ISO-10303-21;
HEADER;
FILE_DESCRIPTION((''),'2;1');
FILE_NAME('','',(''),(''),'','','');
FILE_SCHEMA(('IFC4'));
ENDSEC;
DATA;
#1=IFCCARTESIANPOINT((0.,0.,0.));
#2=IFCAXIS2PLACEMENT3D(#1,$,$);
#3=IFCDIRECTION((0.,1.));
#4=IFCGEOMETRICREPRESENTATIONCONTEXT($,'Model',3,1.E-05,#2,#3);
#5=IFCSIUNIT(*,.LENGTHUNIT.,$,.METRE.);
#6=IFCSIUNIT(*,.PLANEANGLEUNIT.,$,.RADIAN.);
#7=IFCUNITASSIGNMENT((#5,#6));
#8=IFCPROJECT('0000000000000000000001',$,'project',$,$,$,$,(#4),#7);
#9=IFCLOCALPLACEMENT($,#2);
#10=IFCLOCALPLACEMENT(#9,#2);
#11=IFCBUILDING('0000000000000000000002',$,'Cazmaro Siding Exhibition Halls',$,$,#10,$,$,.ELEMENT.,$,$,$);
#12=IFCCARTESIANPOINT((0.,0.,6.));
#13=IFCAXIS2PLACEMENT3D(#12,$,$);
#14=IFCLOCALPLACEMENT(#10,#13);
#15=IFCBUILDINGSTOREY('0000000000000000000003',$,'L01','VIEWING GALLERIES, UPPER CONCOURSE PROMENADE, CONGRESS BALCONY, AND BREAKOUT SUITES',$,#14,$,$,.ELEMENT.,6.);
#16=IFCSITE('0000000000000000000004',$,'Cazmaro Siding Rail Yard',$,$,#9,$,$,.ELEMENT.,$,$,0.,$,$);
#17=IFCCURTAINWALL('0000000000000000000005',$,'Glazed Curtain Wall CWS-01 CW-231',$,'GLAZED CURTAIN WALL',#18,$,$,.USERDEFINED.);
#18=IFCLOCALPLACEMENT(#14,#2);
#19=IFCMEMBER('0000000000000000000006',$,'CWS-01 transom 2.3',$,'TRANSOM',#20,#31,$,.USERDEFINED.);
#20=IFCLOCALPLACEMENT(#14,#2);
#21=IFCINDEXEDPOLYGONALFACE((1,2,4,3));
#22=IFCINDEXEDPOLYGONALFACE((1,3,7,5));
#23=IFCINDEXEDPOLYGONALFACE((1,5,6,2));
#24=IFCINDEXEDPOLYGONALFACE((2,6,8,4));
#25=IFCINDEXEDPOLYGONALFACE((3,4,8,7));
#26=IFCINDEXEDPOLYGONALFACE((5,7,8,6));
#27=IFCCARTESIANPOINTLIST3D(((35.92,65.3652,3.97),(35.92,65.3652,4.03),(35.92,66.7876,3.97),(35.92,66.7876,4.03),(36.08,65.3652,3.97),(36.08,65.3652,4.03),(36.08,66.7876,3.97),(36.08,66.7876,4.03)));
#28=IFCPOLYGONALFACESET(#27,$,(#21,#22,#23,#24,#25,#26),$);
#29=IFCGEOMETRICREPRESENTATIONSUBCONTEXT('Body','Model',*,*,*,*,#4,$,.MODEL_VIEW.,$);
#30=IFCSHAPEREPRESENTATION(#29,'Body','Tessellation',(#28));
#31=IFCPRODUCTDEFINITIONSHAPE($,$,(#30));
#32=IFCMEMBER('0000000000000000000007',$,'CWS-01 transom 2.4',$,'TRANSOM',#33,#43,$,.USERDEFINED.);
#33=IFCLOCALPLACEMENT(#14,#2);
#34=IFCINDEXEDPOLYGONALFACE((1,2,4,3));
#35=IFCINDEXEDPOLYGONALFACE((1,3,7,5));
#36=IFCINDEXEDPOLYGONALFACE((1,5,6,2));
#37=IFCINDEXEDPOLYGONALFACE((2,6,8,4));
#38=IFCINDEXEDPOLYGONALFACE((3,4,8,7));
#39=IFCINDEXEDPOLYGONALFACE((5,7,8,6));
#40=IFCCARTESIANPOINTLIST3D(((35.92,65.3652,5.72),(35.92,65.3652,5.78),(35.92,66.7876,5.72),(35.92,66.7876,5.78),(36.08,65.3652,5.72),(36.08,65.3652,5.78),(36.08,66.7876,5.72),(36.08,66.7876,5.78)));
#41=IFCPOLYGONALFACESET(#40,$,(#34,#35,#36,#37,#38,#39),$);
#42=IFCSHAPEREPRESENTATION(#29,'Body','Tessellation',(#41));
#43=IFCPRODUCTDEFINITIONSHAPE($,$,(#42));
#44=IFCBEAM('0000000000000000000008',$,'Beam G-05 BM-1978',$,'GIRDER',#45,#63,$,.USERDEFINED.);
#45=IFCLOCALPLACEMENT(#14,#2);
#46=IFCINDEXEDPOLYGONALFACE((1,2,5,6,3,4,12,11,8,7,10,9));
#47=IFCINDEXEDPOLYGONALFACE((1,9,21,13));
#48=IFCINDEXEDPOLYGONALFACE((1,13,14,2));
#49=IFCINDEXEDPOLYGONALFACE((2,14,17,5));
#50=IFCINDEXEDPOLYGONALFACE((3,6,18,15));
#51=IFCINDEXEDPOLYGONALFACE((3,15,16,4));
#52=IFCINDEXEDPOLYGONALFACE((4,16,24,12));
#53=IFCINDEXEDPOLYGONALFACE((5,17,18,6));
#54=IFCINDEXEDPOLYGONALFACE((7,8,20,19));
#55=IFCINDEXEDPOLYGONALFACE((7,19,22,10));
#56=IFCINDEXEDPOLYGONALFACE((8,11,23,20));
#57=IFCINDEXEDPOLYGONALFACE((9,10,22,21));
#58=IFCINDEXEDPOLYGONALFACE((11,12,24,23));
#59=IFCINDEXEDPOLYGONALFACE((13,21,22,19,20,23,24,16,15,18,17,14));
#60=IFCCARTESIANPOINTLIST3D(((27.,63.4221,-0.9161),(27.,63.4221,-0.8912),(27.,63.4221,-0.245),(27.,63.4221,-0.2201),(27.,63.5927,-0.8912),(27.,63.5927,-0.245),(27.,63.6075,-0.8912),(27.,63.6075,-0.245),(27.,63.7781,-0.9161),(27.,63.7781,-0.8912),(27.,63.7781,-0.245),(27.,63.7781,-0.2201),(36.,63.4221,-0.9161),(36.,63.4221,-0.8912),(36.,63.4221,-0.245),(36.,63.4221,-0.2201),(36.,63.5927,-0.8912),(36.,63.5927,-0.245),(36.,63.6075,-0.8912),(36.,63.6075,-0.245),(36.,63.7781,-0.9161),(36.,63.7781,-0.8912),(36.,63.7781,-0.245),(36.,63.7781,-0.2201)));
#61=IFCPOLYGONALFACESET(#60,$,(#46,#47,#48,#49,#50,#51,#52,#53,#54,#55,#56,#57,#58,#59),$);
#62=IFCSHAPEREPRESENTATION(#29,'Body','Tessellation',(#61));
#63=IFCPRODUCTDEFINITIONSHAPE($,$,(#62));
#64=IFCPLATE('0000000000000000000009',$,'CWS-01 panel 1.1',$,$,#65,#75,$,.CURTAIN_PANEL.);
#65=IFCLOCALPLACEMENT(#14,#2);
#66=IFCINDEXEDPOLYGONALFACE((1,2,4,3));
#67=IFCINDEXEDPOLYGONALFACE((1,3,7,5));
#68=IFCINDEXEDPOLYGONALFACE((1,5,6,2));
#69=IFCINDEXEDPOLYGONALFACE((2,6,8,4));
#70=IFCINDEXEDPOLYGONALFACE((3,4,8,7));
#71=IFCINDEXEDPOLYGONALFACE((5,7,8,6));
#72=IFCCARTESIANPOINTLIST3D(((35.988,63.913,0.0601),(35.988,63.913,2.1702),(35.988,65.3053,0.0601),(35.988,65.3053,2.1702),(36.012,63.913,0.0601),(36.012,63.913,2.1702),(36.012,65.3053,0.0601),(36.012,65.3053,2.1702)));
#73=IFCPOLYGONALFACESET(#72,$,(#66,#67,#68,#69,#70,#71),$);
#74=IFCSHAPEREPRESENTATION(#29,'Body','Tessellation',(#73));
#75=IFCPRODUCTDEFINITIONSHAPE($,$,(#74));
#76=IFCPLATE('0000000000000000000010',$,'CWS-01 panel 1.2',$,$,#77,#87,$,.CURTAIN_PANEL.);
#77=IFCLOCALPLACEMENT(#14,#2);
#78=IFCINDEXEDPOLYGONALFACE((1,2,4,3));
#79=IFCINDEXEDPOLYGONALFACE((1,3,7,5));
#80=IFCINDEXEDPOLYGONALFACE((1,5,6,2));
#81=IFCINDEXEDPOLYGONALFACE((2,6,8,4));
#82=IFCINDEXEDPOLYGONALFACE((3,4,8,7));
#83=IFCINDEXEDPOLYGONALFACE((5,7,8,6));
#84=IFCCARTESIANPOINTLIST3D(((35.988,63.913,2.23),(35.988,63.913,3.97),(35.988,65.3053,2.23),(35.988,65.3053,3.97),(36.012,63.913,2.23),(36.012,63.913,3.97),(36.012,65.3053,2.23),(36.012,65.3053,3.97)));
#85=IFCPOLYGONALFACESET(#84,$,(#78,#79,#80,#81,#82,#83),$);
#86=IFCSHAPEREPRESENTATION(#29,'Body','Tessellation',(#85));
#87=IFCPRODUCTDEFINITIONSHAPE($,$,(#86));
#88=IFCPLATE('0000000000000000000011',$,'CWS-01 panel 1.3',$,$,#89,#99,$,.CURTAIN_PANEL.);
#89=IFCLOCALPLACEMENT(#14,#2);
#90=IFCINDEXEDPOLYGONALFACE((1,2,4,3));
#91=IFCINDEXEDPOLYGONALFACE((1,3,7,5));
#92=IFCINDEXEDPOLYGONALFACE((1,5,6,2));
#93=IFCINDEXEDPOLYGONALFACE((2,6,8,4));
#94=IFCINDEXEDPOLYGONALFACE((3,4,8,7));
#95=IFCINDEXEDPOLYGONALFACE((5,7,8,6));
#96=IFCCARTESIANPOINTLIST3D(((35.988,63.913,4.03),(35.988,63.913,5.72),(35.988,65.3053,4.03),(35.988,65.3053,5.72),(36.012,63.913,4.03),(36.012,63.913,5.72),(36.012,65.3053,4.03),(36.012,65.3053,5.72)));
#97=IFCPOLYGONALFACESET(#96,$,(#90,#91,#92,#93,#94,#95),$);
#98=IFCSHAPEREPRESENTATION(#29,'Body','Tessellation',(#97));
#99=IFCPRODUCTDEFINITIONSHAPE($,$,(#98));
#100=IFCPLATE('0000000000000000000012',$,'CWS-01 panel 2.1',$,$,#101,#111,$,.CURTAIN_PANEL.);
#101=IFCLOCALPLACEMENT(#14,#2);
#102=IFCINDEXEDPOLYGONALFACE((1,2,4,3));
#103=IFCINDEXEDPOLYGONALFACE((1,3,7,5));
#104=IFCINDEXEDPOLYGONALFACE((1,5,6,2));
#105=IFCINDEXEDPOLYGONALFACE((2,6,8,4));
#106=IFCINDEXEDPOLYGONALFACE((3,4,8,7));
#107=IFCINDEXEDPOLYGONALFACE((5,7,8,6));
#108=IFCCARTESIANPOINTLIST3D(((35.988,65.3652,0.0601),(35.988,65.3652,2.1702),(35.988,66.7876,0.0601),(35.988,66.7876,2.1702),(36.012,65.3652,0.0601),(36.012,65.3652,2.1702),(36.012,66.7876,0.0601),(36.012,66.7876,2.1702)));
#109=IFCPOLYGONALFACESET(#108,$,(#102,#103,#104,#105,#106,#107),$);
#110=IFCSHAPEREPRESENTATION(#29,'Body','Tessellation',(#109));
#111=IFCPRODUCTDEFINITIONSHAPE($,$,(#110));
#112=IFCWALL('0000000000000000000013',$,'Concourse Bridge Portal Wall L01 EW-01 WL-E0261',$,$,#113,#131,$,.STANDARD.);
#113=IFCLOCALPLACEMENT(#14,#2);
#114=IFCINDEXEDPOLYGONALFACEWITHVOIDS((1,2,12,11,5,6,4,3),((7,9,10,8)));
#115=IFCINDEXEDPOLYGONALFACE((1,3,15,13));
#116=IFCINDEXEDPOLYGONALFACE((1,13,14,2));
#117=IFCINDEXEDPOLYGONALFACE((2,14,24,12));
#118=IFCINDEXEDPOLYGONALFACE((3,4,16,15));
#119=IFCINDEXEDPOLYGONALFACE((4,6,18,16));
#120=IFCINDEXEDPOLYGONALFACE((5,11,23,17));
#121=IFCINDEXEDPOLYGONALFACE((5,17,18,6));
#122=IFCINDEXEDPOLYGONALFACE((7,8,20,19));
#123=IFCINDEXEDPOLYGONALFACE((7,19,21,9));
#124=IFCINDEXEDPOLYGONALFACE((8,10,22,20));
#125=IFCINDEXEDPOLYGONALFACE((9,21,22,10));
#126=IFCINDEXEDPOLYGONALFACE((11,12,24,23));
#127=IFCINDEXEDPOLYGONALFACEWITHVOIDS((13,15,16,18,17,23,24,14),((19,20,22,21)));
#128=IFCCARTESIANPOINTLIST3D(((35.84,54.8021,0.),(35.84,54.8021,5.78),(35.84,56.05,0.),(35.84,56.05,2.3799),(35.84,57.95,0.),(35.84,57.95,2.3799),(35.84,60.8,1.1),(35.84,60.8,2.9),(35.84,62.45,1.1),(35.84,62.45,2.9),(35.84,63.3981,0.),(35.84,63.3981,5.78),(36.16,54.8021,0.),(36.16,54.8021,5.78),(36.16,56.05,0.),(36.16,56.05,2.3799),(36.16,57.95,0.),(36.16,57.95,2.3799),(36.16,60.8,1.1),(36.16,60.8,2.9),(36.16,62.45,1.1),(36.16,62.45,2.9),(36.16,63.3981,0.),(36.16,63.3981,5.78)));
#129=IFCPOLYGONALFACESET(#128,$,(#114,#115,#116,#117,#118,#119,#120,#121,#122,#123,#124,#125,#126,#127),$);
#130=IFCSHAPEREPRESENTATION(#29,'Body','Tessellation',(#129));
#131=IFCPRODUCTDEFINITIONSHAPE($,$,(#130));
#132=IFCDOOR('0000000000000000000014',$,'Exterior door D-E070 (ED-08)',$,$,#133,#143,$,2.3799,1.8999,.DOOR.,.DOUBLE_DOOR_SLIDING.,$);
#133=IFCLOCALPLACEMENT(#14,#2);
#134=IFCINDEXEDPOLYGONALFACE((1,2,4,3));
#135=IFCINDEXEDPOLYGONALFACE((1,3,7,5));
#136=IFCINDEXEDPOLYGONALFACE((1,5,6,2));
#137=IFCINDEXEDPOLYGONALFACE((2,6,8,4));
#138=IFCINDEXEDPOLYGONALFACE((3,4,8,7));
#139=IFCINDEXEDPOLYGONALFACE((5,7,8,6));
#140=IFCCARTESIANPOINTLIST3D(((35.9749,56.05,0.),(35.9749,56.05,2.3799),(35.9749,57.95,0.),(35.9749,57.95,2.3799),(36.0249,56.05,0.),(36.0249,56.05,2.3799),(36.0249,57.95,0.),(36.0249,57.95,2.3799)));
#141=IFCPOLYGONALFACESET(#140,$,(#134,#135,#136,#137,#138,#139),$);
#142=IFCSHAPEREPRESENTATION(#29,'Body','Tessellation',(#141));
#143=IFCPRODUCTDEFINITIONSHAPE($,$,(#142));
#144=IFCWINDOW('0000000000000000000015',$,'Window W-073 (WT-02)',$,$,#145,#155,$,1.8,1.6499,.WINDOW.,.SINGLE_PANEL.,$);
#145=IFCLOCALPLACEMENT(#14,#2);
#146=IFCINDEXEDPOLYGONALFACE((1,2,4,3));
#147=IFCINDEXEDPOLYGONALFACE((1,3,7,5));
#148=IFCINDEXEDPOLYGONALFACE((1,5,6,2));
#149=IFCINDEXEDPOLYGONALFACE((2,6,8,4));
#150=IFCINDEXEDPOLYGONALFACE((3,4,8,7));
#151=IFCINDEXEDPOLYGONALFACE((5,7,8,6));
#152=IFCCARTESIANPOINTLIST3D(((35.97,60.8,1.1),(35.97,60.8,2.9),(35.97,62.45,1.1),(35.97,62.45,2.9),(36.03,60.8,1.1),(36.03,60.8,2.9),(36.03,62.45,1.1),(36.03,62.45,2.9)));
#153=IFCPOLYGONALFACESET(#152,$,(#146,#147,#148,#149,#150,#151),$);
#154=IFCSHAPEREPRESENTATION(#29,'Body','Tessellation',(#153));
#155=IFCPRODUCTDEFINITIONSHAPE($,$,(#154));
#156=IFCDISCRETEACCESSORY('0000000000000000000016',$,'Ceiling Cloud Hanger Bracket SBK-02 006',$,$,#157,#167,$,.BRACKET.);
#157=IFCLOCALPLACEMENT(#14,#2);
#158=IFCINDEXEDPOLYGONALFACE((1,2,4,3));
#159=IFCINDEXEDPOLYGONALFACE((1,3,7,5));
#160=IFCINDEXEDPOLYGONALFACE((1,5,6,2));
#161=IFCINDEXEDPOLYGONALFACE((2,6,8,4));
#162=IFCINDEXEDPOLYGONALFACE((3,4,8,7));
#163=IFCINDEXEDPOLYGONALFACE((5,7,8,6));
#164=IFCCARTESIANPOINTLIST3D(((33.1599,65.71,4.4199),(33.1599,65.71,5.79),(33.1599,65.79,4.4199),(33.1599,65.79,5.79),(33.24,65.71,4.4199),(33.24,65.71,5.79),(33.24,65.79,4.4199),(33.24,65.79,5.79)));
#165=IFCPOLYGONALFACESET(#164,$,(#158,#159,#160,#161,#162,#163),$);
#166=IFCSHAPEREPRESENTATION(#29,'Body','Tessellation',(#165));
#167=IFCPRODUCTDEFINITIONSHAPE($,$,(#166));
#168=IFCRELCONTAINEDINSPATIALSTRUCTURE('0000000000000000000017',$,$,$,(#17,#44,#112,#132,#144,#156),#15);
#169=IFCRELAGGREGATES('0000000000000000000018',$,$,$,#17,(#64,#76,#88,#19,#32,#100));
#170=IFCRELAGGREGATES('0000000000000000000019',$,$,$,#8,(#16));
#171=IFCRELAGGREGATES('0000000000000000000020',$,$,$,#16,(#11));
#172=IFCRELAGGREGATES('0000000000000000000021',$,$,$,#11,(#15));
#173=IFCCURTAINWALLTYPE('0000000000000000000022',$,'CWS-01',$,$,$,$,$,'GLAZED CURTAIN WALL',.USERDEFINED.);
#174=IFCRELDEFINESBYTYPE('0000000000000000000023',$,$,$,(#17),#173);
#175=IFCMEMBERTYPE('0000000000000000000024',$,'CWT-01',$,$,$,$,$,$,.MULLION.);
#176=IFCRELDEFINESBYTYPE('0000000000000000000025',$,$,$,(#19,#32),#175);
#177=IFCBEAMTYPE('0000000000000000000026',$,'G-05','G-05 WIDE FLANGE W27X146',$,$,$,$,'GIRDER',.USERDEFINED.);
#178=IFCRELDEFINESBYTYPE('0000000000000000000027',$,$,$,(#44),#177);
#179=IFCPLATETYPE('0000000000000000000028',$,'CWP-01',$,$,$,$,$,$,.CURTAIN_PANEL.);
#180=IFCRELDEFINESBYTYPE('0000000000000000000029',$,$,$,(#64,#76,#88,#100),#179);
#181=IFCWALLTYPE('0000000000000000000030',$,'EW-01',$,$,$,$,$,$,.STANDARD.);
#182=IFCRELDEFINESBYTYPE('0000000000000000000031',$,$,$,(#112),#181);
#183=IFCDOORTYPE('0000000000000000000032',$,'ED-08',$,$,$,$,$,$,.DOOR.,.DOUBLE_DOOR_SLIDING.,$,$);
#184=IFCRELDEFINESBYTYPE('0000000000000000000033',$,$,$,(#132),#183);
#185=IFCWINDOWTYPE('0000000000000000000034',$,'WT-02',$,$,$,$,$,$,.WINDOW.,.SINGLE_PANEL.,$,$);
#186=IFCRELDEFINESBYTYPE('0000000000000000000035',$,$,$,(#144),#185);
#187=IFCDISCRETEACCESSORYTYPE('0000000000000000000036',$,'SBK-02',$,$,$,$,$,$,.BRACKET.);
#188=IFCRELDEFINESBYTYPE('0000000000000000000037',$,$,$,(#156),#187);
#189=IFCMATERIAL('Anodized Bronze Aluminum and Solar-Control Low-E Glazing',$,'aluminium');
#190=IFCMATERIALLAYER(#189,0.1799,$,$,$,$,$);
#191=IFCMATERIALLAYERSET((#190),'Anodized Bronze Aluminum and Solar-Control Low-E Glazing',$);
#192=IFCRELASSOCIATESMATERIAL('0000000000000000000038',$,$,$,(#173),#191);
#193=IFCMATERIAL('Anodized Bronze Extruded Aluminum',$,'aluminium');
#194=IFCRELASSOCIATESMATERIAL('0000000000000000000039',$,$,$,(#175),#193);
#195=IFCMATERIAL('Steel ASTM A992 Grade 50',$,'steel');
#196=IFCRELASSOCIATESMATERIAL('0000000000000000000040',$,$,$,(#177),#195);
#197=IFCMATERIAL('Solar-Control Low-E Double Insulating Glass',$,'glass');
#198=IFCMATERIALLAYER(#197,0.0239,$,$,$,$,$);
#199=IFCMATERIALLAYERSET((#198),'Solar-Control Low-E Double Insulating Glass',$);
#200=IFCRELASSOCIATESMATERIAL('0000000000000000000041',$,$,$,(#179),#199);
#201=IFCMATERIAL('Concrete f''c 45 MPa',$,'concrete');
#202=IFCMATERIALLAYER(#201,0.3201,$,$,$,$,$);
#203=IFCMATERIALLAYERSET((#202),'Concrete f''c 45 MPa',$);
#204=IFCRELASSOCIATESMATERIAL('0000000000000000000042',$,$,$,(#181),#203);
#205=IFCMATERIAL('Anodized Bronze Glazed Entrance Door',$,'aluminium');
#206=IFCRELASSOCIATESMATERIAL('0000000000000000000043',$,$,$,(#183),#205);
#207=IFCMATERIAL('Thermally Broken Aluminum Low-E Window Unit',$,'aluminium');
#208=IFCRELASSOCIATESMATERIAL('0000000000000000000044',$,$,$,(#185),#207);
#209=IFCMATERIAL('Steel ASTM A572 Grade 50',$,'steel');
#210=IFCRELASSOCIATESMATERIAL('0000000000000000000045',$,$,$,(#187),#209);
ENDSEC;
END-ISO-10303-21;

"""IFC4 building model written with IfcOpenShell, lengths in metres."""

from ifc_helpers import new_model, si_unit, direction, frame, frame_2d, origin, origin_2d, place, context, subcontext, project, spatial, rectangle, i_section, extrude, material, layer, layer_set, material_profile, profile_set, type_object, element, fill, aggregate, save


model = new_model("IFC4")

# Units and contexts
model_context = context("Model", 3, precision=1e-05, world=origin(), true_north=direction((0.0, 1.0)))
body_context = subcontext(model_context, "Body", "Model", "MODEL_VIEW")
ifc_project = project(units=[si_unit("LENGTHUNIT", "METRE"), si_unit("PLANEANGLEUNIT", "RADIAN")], contexts=[model_context])

# Site, building, storey
site_placement = place(None, origin())
site = spatial("IfcSite", under=ifc_project, at=site_placement, Name="Cazmaro Siding Rail Yard", CompositionType="ELEMENT", RefElevation=0.0)
building_placement = place(site_placement, origin())
building = spatial("IfcBuilding", under=site, at=building_placement, Name="Cazmaro Siding Exhibition Halls", CompositionType="ELEMENT")
storey_placement = place(building_placement, frame((0.0, 0.0, 6.0)))
storey = spatial("IfcBuildingStorey", under=building, at=storey_placement, Name="L01", Description="VIEWING GALLERIES, UPPER CONCOURSE PROMENADE, CONGRESS BALCONY, AND BREAKOUT SUITES", CompositionType="ELEMENT", Elevation=6.0)

# Curtain wall, members
ifc_material_1 = material(Name="Anodized Bronze Aluminum and Solar-Control Low-E Glazing", Category="aluminium")
ifc_layer_1 = layer(ifc_material_1, 0.1799)
ifc_layer_set_1 = layer_set([ifc_layer_1], Name="Anodized Bronze Aluminum and Solar-Control Low-E Glazing")
curtain_wall_type = type_object("IfcCurtainWallType", Name="CWS-01", ElementType="GLAZED CURTAIN WALL", PredefinedType="USERDEFINED", material=ifc_layer_set_1)
curtain_wall_placement = place(storey_placement, origin())
curtain_wall = element("IfcCurtainWall", 1, at=curtain_wall_placement, inside=storey, type_object=curtain_wall_type, Name="Glazed Curtain Wall CWS-01 CW-231", ObjectType="GLAZED CURTAIN WALL", PredefinedType="USERDEFINED")
ifc_material_2 = material(Name="Anodized Bronze Extruded Aluminum", Category="aluminium")
ifc_material_profile_1 = material_profile(ifc_material_2, rectangle(XDim=0.1599, YDim=0.0601, at=origin_2d()), Name="CWT-01")
ifc_profile_set_1 = profile_set([ifc_material_profile_1], Name="Anodized Bronze Extruded Aluminum")
member_type_1 = type_object("IfcMemberType", Name="CWT-01", PredefinedType="MULLION", material=ifc_profile_set_1)
member_1_placement = place(storey_placement, frame((36.0, 65.3652, 4.0), z_axis=(0.0, 1.0, 0.0), x_axis=(-1.0, 0.0, 0.0)))
member_1 = element("IfcMember", 2, at=member_1_placement, type_object=member_type_1, Name="CWS-01 transom 2.3", ObjectType="TRANSOM", PredefinedType="USERDEFINED", context=body_context, shape_type="SweptSolid", body=[
    extrude(rectangle(XDim=0.1599, YDim=0.0601, at=origin_2d()), origin(), (0.0, 0.0, 1.0), 1.4224),
])
member_2_placement = place(storey_placement, frame((36.0, 65.3652, 5.75), z_axis=(0.0, 1.0, 0.0), x_axis=(-1.0, 0.0, 0.0)))
member_2 = element("IfcMember", 3, at=member_2_placement, type_object=member_type_1, Name="CWS-01 transom 2.4", ObjectType="TRANSOM", PredefinedType="USERDEFINED", context=body_context, shape_type="SweptSolid", body=[
    extrude(rectangle(XDim=0.1599, YDim=0.0601, at=origin_2d()), origin(), (0.0, 0.0, 1.0), 1.4224),
])

# Beam
ifc_material_3 = material(Name="Steel ASTM A992 Grade 50", Category="steel")
ifc_material_profile_2 = material_profile(ifc_material_3, i_section(OverallWidth=0.356, OverallDepth=0.696, WebThickness=0.0149, FlangeThickness=0.0249, at=origin_2d()), Name="W27X146")
ifc_profile_set_2 = profile_set([ifc_material_profile_2], Name="Steel ASTM A992 Grade 50")
beam_type_1 = type_object("IfcBeamType", Name="G-05", Description="G-05 WIDE FLANGE W27X146", ElementType="GIRDER", PredefinedType="USERDEFINED", material=ifc_profile_set_2)
beam_placement = place(storey_placement, frame((27.0, 63.6001, -0.5681), z_axis=(1.0, 0.0, 0.0), x_axis=(0.0, 1.0, 0.0)))
element("IfcBeam", 4, at=beam_placement, inside=storey, type_object=beam_type_1, Name="Beam G-05 BM-1978", ObjectType="GIRDER", PredefinedType="USERDEFINED", context=body_context, shape_type="SweptSolid", body=[
    extrude(i_section(OverallWidth=0.356, OverallDepth=0.696, WebThickness=0.0149, FlangeThickness=0.0249, at=origin_2d()), origin(), (0.0, 0.0, 1.0), 9.0),
])

# Plates
ifc_material_4 = material(Name="Solar-Control Low-E Double Insulating Glass", Category="glass")
ifc_layer_2 = layer(ifc_material_4, 0.0239)
ifc_layer_set_2 = layer_set([ifc_layer_2], Name="Solar-Control Low-E Double Insulating Glass")
plate_type = type_object("IfcPlateType", Name="CWP-01", PredefinedType="CURTAIN_PANEL", material=ifc_layer_set_2)
plate_1_placement = place(storey_placement, frame((36.0, 64.6091, 0.0601), z_axis=(0.0, 0.0, 1.0), x_axis=(0.0, 1.0, 0.0)))
plate_1 = element("IfcPlate", 5, at=plate_1_placement, type_object=plate_type, Name="CWS-01 panel 1.1", PredefinedType="CURTAIN_PANEL", context=body_context, shape_type="SweptSolid", body=[
    extrude(rectangle(XDim=1.3923, YDim=0.0239, at=origin_2d()), origin(), (0.0, 0.0, 1.0), 2.1101),
])
plate_2_placement = place(storey_placement, frame((36.0, 64.6091, 2.23), z_axis=(0.0, 0.0, 1.0), x_axis=(0.0, 1.0, 0.0)))
plate_2 = element("IfcPlate", 6, at=plate_2_placement, type_object=plate_type, Name="CWS-01 panel 1.2", PredefinedType="CURTAIN_PANEL", context=body_context, shape_type="SweptSolid", body=[
    extrude(rectangle(XDim=1.3923, YDim=0.0239, at=origin_2d()), origin(), (0.0, 0.0, 1.0), 1.74),
])
plate_3_placement = place(storey_placement, frame((36.0, 64.6091, 4.03), z_axis=(0.0, 0.0, 1.0), x_axis=(0.0, 1.0, 0.0)))
plate_3 = element("IfcPlate", 7, at=plate_3_placement, type_object=plate_type, Name="CWS-01 panel 1.3", PredefinedType="CURTAIN_PANEL", context=body_context, shape_type="SweptSolid", body=[
    extrude(rectangle(XDim=1.3923, YDim=0.0239, at=origin_2d()), origin(), (0.0, 0.0, 1.0), 1.6899),
])
plate_4_placement = place(storey_placement, frame((36.0, 66.0764, 0.0601), z_axis=(0.0, 0.0, 1.0), x_axis=(0.0, 1.0, 0.0)))
plate_4 = element("IfcPlate", 8, at=plate_4_placement, type_object=plate_type, Name="CWS-01 panel 2.1", PredefinedType="CURTAIN_PANEL", context=body_context, shape_type="SweptSolid", body=[
    extrude(rectangle(XDim=1.4224, YDim=0.0239, at=origin_2d()), origin(), (0.0, 0.0, 1.0), 2.1101),
])
aggregate(curtain_wall, [plate_1, plate_2, plate_3, member_1, member_2, plate_4])

# Wall, openings, door, window
ifc_material_5 = material(Name="Concrete f'c 45 MPa", Category="concrete")
ifc_layer_3 = layer(ifc_material_5, 0.3201)
ifc_layer_set_3 = layer_set([ifc_layer_3], Name="Concrete f'c 45 MPa")
wall_type = type_object("IfcWallType", Name="EW-01", PredefinedType="STANDARD", material=ifc_layer_set_3)
wall_placement = place(storey_placement, frame((36.0, 63.3979, 0.0), z_axis=(0.0, 0.0, 1.0), x_axis=(0.0, -1.0, 0.0)))
wall = element("IfcWall", 9, at=wall_placement, inside=storey, type_object=wall_type, Name="Concourse Bridge Portal Wall L01 EW-01 WL-E0261", PredefinedType="STANDARD", context=body_context, shape_type="SweptSolid", body=[
    extrude(rectangle(XDim=8.5959, YDim=0.3201, at=frame_2d((4.2979, 0.0))), origin(), (0.0, 0.0, 1.0), 5.78),
])
opening_1_placement = place(wall_placement, frame((5.448, 0.0, 0.0)))
opening_1 = element("IfcOpeningElement", 10, at=opening_1_placement, cuts=wall, PredefinedType="OPENING", context=body_context, shape_type="SweptSolid", body=[
    extrude(rectangle(XDim=1.8999, YDim=2.3799, at=frame_2d((0.95, 1.1899))), frame((0.0, 0.1699, 0.0), z_axis=(0.0, -1.0, 0.0), x_axis=(1.0, 0.0, 0.0)), (0.0, 0.0, 1.0), 0.3401),
])
opening_2_placement = place(wall_placement, frame((0.948, 0.0, 1.1001)))
opening_2 = element("IfcOpeningElement", 11, at=opening_2_placement, cuts=wall, PredefinedType="OPENING", context=body_context, shape_type="SweptSolid", body=[
    extrude(rectangle(XDim=1.6499, YDim=1.8, at=frame_2d((0.825, 0.8999))), frame((0.0, 0.1699, 0.0), z_axis=(0.0, -1.0, 0.0), x_axis=(1.0, 0.0, 0.0)), (0.0, 0.0, 1.0), 0.3401),
])
ifc_material_6 = material(Name="Anodized Bronze Glazed Entrance Door", Category="aluminium")
door_type = type_object("IfcDoorType", Name="ED-08", OperationType="DOUBLE_DOOR_SLIDING", PredefinedType="DOOR", material=ifc_material_6)
door_placement = place(opening_1_placement, origin())
door = element("IfcDoor", 12, at=door_placement, inside=storey, type_object=door_type, Name="Exterior door D-E070 (ED-08)", OperationType="DOUBLE_DOOR_SLIDING", OverallHeight=2.3799, OverallWidth=1.8999, PredefinedType="DOOR", context=body_context, shape_type="SweptSolid", body=[
    extrude(rectangle(XDim=1.8999, YDim=2.3799, at=frame_2d((0.95, 1.1899))), frame((0.0, 0.0249, 0.0), z_axis=(0.0, -1.0, 0.0), x_axis=(1.0, 0.0, 0.0)), (0.0, 0.0, 1.0), 0.05),
])
fill(opening_1, door)
ifc_material_7 = material(Name="Thermally Broken Aluminum Low-E Window Unit", Category="aluminium")
window_type = type_object("IfcWindowType", Name="WT-02", PartitioningType="SINGLE_PANEL", PredefinedType="WINDOW", material=ifc_material_7)
window_placement = place(opening_2_placement, origin())
window = element("IfcWindow", 13, at=window_placement, inside=storey, type_object=window_type, Name="Window W-073 (WT-02)", OverallHeight=1.8, OverallWidth=1.6499, PartitioningType="SINGLE_PANEL", PredefinedType="WINDOW", context=body_context, shape_type="SweptSolid", body=[
    extrude(rectangle(XDim=1.6499, YDim=1.8, at=frame_2d((0.825, 0.8999))), frame((0.0, 0.03, 0.0), z_axis=(0.0, -1.0, 0.0), x_axis=(1.0, 0.0, 0.0)), (0.0, 0.0, 1.0), 0.0601),
])
fill(opening_2, window)

# Discrete accessory
ifc_material_8 = material(Name="Steel ASTM A572 Grade 50", Category="steel")
discrete_accessory_type = type_object("IfcDiscreteAccessoryType", Name="SBK-02", PredefinedType="BRACKET", material=ifc_material_8)
discrete_accessory_placement = place(storey_placement, frame((33.2, 65.75, 4.4199), z_axis=(0.0, 0.0, 1.0), x_axis=(1.0, 0.0, 0.0)))
element("IfcDiscreteAccessory", 14, at=discrete_accessory_placement, inside=storey, type_object=discrete_accessory_type, Name="Ceiling Cloud Hanger Bracket SBK-02 006", PredefinedType="BRACKET", context=body_context, shape_type="SweptSolid", body=[
    extrude(rectangle(XDim=0.0801, YDim=0.0801, at=origin_2d()), origin(), (0.0, 0.0, 1.0), 1.3701),
])

save(model, "model.ifc")
